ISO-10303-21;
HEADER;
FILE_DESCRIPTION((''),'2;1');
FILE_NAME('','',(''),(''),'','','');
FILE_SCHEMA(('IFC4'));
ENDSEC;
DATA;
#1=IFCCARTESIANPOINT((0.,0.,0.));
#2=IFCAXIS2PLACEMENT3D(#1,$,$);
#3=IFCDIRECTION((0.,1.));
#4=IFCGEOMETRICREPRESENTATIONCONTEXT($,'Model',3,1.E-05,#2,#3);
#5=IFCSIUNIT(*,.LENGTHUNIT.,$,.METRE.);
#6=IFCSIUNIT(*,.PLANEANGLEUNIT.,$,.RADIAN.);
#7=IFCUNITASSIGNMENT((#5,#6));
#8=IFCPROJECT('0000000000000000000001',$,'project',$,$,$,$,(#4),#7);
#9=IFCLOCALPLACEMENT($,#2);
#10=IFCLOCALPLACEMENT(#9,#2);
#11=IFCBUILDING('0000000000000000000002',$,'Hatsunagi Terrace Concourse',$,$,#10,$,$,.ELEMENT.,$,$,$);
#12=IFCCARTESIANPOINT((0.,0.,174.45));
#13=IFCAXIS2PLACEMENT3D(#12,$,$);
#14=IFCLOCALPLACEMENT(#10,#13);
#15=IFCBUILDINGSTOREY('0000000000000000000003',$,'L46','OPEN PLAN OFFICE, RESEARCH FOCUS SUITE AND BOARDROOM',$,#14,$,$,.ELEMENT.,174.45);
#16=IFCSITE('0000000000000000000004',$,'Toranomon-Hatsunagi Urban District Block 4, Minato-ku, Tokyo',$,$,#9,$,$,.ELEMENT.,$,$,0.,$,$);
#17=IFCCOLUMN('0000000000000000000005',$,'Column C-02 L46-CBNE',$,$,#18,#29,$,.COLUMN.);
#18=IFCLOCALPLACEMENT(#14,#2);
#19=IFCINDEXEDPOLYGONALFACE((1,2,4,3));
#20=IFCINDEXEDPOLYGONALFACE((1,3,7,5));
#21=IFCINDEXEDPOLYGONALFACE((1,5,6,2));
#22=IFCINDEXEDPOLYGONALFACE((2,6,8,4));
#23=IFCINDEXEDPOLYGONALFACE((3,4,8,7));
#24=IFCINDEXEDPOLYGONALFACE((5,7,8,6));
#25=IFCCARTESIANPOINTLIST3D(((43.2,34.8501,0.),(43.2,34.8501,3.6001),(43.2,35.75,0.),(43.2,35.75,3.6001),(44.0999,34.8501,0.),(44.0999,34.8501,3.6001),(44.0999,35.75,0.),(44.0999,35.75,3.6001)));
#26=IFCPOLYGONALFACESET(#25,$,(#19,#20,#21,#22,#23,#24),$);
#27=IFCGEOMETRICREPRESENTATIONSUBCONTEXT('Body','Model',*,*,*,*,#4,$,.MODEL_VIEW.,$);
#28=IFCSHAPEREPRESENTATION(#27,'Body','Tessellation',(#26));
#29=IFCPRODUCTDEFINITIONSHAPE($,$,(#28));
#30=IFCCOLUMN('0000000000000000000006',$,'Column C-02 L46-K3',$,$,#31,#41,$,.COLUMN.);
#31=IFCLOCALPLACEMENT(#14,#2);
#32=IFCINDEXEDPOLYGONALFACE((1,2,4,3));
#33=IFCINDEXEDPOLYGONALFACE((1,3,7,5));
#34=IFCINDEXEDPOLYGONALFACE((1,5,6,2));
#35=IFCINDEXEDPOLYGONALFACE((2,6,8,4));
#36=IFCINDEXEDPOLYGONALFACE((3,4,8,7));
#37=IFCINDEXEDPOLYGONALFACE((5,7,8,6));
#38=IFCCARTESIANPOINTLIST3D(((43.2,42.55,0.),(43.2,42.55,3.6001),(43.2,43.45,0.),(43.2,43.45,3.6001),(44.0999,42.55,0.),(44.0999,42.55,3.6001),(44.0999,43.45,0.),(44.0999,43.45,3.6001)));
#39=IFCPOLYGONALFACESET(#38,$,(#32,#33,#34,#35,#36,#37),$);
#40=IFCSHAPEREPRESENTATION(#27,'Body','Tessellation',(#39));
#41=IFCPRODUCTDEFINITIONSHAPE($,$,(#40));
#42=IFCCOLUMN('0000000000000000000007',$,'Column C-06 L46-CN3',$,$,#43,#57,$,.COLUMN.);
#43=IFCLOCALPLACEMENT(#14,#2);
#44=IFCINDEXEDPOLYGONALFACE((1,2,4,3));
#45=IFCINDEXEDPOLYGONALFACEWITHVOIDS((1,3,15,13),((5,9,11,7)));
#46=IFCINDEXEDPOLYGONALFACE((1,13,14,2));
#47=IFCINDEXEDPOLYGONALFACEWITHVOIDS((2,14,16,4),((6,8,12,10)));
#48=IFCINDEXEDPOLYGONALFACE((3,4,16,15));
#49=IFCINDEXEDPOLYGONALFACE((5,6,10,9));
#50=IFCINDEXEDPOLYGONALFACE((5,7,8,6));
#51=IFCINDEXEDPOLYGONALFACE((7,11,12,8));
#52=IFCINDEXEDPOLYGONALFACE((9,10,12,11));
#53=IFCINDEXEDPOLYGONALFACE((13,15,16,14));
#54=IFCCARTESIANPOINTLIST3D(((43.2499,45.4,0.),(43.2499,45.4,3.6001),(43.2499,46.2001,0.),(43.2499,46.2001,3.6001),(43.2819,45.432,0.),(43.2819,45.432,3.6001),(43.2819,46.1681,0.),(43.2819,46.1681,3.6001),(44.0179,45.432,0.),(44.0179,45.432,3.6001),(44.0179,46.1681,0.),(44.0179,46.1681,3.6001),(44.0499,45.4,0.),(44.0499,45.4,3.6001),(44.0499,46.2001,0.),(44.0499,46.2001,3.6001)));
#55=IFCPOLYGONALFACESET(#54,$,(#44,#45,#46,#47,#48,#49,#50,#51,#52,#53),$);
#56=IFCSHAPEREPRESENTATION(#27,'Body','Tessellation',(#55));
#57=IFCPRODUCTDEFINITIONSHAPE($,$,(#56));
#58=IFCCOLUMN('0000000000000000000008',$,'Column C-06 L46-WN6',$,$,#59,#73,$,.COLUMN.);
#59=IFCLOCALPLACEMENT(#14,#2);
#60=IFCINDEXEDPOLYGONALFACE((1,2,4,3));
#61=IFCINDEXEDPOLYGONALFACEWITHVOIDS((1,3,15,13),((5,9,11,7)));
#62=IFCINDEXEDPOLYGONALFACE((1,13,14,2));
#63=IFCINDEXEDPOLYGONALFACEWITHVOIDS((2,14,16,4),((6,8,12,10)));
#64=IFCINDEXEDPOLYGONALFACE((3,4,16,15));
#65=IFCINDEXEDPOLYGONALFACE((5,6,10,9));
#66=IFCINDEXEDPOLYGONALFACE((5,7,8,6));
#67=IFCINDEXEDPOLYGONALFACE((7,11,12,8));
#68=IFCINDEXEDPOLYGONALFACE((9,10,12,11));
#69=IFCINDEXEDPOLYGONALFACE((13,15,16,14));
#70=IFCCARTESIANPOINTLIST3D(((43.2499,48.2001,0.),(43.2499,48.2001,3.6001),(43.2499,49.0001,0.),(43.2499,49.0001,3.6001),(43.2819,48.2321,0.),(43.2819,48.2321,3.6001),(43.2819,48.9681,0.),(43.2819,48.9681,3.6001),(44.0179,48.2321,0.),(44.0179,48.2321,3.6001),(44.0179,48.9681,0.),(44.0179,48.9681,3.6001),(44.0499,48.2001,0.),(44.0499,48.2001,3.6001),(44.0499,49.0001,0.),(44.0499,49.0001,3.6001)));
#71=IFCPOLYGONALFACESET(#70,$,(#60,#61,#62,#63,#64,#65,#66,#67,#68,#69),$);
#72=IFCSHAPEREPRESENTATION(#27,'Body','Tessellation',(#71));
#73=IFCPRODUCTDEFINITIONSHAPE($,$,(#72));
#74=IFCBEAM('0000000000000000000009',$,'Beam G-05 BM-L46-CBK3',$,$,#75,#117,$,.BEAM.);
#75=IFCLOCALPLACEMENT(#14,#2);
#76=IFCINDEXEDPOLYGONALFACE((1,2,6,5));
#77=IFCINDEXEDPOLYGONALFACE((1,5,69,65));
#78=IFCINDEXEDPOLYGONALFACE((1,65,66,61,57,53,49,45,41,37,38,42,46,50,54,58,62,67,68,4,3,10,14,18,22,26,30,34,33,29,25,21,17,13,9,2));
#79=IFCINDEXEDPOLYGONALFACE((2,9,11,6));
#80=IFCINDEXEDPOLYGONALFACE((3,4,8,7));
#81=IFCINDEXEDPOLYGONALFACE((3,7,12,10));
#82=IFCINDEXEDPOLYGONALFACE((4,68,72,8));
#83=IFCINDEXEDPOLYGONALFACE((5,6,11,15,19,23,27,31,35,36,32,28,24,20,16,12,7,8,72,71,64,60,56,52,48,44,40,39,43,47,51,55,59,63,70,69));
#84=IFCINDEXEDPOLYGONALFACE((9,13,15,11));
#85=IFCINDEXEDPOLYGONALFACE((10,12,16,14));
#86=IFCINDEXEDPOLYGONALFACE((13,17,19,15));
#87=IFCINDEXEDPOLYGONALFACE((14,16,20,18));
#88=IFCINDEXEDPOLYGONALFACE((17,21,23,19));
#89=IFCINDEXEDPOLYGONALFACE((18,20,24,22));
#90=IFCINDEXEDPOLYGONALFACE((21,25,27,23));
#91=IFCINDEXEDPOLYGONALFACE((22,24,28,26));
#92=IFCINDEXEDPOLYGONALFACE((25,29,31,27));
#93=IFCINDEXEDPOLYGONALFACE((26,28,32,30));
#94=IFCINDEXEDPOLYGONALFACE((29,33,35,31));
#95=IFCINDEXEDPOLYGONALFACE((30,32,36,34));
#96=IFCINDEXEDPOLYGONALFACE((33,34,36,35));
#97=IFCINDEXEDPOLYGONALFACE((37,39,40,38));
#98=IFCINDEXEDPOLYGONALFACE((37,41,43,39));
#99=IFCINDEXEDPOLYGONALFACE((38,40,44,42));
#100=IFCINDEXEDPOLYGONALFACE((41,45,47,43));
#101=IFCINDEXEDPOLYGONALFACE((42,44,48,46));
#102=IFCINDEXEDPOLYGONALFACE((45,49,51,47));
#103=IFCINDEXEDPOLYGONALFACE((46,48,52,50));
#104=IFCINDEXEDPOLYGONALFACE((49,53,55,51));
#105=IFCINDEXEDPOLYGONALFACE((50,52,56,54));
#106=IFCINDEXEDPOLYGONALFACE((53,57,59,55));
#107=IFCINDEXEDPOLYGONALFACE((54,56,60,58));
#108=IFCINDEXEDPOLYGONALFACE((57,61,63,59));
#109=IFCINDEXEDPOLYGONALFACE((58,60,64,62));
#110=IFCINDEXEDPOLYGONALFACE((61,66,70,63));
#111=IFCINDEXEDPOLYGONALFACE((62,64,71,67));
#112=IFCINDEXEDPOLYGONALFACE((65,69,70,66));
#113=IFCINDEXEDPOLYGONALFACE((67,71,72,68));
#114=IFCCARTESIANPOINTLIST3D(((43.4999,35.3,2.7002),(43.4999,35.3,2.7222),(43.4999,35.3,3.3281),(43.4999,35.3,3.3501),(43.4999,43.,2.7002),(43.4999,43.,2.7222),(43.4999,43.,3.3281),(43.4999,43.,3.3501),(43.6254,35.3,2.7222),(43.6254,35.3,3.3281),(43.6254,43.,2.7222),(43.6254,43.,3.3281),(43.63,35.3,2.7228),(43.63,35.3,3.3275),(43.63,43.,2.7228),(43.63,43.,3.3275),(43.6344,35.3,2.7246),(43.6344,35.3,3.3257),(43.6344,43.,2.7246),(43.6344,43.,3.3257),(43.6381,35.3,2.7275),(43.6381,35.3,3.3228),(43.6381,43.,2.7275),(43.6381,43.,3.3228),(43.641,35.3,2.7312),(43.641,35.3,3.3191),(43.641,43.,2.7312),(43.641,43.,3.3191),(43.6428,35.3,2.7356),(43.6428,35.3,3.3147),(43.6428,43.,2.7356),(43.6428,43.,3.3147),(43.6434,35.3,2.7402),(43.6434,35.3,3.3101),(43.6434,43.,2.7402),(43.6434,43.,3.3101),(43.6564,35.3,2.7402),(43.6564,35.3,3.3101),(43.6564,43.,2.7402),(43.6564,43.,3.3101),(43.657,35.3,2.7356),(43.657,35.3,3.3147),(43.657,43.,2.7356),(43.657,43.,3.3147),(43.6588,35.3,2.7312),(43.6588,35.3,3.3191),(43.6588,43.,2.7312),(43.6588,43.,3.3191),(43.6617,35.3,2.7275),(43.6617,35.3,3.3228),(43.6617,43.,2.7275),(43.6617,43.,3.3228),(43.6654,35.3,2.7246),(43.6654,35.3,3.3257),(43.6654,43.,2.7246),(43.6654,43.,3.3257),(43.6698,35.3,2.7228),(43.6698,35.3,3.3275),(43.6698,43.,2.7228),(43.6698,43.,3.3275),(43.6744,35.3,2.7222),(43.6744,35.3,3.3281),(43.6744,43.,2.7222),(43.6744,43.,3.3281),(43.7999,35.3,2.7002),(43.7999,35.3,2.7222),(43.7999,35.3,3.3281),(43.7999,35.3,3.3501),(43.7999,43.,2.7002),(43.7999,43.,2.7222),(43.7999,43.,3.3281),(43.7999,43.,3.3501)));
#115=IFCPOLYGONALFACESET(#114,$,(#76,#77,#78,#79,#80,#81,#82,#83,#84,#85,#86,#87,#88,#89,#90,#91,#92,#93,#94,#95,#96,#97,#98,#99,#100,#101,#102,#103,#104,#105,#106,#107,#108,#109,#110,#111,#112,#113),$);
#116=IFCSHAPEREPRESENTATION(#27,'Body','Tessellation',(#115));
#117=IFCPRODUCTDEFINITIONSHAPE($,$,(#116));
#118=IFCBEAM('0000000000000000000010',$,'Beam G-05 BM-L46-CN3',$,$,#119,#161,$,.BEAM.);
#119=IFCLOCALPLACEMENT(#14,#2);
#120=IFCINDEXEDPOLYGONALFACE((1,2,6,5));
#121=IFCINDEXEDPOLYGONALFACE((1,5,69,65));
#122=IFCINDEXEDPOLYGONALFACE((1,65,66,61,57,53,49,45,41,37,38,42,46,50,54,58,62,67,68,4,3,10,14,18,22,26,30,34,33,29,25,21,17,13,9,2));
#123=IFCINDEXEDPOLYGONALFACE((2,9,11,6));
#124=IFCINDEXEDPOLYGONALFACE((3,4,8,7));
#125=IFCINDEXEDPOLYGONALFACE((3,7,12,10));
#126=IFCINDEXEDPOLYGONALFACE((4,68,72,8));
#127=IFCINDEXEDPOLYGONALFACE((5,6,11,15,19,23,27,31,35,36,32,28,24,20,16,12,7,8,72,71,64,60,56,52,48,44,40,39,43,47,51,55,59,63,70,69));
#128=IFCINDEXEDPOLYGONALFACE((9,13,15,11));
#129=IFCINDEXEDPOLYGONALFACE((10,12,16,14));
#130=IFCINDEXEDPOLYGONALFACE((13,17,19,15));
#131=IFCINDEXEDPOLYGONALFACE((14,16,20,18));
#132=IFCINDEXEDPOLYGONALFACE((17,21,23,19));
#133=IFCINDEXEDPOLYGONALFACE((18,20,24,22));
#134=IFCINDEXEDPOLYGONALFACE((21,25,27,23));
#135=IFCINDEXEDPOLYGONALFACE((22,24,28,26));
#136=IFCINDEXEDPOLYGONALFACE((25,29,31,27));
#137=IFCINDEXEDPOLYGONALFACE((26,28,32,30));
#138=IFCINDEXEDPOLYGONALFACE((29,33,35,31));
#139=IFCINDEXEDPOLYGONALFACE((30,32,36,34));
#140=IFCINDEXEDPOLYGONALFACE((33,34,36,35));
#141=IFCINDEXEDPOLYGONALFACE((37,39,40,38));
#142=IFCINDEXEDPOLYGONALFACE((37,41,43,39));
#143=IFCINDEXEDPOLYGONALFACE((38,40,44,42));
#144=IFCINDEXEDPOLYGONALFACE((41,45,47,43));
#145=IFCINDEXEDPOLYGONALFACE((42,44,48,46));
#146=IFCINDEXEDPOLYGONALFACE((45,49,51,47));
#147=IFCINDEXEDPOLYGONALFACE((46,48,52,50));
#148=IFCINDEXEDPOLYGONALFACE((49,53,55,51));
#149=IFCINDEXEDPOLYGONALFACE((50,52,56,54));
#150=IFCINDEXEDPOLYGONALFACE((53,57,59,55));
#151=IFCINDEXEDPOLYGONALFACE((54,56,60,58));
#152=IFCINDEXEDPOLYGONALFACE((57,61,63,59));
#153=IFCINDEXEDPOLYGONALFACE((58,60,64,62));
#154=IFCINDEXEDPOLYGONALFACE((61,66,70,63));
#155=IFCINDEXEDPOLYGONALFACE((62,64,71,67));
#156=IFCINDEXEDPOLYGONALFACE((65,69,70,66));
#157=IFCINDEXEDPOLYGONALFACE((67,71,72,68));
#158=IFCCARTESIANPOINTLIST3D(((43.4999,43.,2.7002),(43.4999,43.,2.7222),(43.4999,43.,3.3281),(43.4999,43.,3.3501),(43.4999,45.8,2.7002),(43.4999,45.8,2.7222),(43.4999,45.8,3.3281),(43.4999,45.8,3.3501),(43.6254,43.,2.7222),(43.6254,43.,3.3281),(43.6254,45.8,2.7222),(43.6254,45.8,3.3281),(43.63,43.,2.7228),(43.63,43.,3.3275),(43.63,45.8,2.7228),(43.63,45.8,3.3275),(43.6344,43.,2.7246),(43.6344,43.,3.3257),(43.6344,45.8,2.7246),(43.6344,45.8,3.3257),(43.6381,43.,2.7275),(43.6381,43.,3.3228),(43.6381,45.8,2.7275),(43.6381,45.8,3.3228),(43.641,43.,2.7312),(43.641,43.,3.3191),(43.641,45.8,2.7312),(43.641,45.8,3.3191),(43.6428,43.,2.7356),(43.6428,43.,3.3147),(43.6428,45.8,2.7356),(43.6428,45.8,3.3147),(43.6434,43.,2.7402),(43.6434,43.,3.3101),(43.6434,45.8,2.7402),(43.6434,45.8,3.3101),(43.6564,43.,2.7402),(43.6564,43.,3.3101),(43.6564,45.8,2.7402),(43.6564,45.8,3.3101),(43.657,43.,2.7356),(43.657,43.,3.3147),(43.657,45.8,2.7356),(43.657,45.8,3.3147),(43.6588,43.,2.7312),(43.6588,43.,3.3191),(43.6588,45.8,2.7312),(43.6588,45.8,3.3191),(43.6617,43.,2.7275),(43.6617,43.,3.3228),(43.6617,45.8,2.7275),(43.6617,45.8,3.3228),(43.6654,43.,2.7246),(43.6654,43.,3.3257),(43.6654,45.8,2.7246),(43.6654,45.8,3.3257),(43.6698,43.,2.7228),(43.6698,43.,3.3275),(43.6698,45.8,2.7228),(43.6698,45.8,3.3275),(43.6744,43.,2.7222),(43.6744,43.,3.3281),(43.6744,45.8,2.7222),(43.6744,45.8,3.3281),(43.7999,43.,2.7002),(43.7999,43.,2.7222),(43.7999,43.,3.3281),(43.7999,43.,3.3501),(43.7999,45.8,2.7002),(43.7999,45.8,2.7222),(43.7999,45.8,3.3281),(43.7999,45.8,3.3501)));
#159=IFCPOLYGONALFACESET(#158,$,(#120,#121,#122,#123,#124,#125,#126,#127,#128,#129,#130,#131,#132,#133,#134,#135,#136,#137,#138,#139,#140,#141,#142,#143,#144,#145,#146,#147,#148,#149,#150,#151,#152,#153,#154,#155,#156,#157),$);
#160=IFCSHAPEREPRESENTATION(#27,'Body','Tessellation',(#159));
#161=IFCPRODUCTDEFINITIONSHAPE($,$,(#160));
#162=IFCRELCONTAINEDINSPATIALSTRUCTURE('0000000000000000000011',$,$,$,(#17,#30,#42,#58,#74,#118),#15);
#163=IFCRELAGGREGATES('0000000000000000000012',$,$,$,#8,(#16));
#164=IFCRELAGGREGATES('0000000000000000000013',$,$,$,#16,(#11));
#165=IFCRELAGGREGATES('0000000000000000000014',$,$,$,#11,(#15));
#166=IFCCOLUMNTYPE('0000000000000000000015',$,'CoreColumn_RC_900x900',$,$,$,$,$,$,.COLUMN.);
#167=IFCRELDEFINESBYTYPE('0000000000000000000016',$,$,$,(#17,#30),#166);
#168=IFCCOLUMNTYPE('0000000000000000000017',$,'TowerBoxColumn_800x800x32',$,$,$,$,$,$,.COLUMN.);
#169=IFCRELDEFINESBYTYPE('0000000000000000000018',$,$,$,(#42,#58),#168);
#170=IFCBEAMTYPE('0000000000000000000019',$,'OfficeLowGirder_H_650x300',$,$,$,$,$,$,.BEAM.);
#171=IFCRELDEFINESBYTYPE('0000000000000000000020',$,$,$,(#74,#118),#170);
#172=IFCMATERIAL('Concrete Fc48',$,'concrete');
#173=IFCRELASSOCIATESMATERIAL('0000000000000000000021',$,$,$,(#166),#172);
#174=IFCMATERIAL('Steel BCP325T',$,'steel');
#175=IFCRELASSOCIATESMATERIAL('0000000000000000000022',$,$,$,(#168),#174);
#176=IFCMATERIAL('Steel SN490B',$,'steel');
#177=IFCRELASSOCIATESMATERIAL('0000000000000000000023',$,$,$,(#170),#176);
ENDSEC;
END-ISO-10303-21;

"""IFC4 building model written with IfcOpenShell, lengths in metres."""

from ifc_helpers import new_model, si_unit, direction, frame, origin, origin_2d, place, context, subcontext, project, spatial, rectangle, hollow_rectangle, i_section, extrude, material, material_profile, profile_set, type_object, element, save


model = new_model("IFC4")

# Units and contexts
model_context = context("Model", 3, precision=1e-05, world=origin(), true_north=direction((0.0, 1.0)))
body_context = subcontext(model_context, "Body", "Model", "MODEL_VIEW")
ifc_project = project(units=[si_unit("LENGTHUNIT", "METRE"), si_unit("PLANEANGLEUNIT", "RADIAN")], contexts=[model_context])

# Site, building, storey
site_placement = place(None, origin())
site = spatial("IfcSite", under=ifc_project, at=site_placement, Name="Toranomon-Hatsunagi Urban District Block 4, Minato-ku, Tokyo", CompositionType="ELEMENT", RefElevation=0.0)
building_placement = place(site_placement, origin())
building = spatial("IfcBuilding", under=site, at=building_placement, Name="Hatsunagi Terrace Concourse", CompositionType="ELEMENT")
storey_placement = place(building_placement, frame((0.0, 0.0, 174.45)))
storey = spatial("IfcBuildingStorey", under=building, at=storey_placement, Name="L46", Description="OPEN PLAN OFFICE, RESEARCH FOCUS SUITE AND BOARDROOM", CompositionType="ELEMENT", Elevation=174.45)

# Columns
ifc_material_1 = material(Name="Concrete Fc48", Category="concrete")
ifc_material_profile_1 = material_profile(ifc_material_1, rectangle(XDim=0.8999, YDim=0.8999, at=origin_2d()), Name="RC-900x900")
ifc_profile_set_1 = profile_set([ifc_material_profile_1], Name="Concrete Fc48")
column_type_1 = type_object("IfcColumnType", Name="CoreColumn_RC_900x900", PredefinedType="COLUMN", material=ifc_profile_set_1)
for number, where, z_axis, x_axis, name in (
    (1, (43.6499, 35.3, 0.0), (0.0, 0.0, 1.0), (1.0, 0.0, 0.0), "Column C-02 L46-CBNE"),
    (2, (43.6499, 43.0, 0.0), (0.0, 0.0, 1.0), (1.0, 0.0, 0.0), "Column C-02 L46-K3"),
):
    element("IfcColumn", number, at=place(storey_placement, frame(where, z_axis=z_axis, x_axis=x_axis)), inside=storey, type_object=column_type_1, Name=name, PredefinedType="COLUMN", context=body_context, shape_type="SweptSolid", body=[
        extrude(rectangle(XDim=0.8999, YDim=0.8999, at=origin_2d()), origin(), (0.0, 0.0, 1.0), 3.6001),
    ])
ifc_material_2 = material(Name="Steel BCP325T", Category="steel")
ifc_material_profile_2 = material_profile(ifc_material_2, hollow_rectangle(XDim=0.8, YDim=0.8, WallThickness=0.032, at=origin_2d()), Name="BCP-800x800x32")
ifc_profile_set_2 = profile_set([ifc_material_profile_2], Name="Steel BCP325T")
column_type_2 = type_object("IfcColumnType", Name="TowerBoxColumn_800x800x32", PredefinedType="COLUMN", material=ifc_profile_set_2)
for number, where, z_axis, x_axis, name in (
    (3, (43.6499, 45.8, 0.0), (0.0, 0.0, 1.0), (1.0, 0.0, 0.0), "Column C-06 L46-CN3"),
    (4, (43.6499, 48.6001, 0.0), (0.0, 0.0, 1.0), (1.0, 0.0, 0.0), "Column C-06 L46-WN6"),
):
    element("IfcColumn", number, at=place(storey_placement, frame(where, z_axis=z_axis, x_axis=x_axis)), inside=storey, type_object=column_type_2, Name=name, PredefinedType="COLUMN", context=body_context, shape_type="SweptSolid", body=[
        extrude(hollow_rectangle(XDim=0.8, YDim=0.8, WallThickness=0.032, at=origin_2d()), origin(), (0.0, 0.0, 1.0), 3.6001),
    ])

# Beams
ifc_material_3 = material(Name="Steel SN490B", Category="steel")
ifc_material_profile_3 = material_profile(ifc_material_3, i_section(OverallWidth=0.3, OverallDepth=0.6499, WebThickness=0.0129, FlangeThickness=0.022, FilletRadius=0.0181, at=origin_2d()), Name="H-650x300x13x22")
ifc_profile_set_3 = profile_set([ifc_material_profile_3], Name="Steel SN490B")
beam_type_1 = type_object("IfcBeamType", Name="OfficeLowGirder_H_650x300", PredefinedType="BEAM", material=ifc_profile_set_3)
beam_1_placement = place(storey_placement, frame((43.6499, 35.3, 3.0251), z_axis=(0.0, 1.0, 0.0), x_axis=(-1.0, 0.0, 0.0)))
element("IfcBeam", 5, at=beam_1_placement, inside=storey, type_object=beam_type_1, Name="Beam G-05 BM-L46-CBK3", PredefinedType="BEAM", context=body_context, shape_type="SweptSolid", body=[
    extrude(i_section(OverallWidth=0.3, OverallDepth=0.6499, WebThickness=0.0129, FlangeThickness=0.022, FilletRadius=0.0181, at=origin_2d()), origin(), (0.0, 0.0, 1.0), 7.7),
])
for number, where, z_axis, x_axis, name in (
    (6, (43.6499, 43.0, 3.0251), (0.0, 1.0, 0.0), (-1.0, 0.0, 0.0), "Beam G-05 BM-L46-CN3"),
):
    element("IfcBeam", number, at=place(storey_placement, frame(where, z_axis=z_axis, x_axis=x_axis)), inside=storey, type_object=beam_type_1, Name=name, PredefinedType="BEAM", context=body_context, shape_type="SweptSolid", body=[
        extrude(i_section(OverallWidth=0.3, OverallDepth=0.6499, WebThickness=0.0129, FlangeThickness=0.022, FilletRadius=0.0181, at=origin_2d()), origin(), (0.0, 0.0, 1.0), 2.8),
    ])

save(model, "model.ifc")
